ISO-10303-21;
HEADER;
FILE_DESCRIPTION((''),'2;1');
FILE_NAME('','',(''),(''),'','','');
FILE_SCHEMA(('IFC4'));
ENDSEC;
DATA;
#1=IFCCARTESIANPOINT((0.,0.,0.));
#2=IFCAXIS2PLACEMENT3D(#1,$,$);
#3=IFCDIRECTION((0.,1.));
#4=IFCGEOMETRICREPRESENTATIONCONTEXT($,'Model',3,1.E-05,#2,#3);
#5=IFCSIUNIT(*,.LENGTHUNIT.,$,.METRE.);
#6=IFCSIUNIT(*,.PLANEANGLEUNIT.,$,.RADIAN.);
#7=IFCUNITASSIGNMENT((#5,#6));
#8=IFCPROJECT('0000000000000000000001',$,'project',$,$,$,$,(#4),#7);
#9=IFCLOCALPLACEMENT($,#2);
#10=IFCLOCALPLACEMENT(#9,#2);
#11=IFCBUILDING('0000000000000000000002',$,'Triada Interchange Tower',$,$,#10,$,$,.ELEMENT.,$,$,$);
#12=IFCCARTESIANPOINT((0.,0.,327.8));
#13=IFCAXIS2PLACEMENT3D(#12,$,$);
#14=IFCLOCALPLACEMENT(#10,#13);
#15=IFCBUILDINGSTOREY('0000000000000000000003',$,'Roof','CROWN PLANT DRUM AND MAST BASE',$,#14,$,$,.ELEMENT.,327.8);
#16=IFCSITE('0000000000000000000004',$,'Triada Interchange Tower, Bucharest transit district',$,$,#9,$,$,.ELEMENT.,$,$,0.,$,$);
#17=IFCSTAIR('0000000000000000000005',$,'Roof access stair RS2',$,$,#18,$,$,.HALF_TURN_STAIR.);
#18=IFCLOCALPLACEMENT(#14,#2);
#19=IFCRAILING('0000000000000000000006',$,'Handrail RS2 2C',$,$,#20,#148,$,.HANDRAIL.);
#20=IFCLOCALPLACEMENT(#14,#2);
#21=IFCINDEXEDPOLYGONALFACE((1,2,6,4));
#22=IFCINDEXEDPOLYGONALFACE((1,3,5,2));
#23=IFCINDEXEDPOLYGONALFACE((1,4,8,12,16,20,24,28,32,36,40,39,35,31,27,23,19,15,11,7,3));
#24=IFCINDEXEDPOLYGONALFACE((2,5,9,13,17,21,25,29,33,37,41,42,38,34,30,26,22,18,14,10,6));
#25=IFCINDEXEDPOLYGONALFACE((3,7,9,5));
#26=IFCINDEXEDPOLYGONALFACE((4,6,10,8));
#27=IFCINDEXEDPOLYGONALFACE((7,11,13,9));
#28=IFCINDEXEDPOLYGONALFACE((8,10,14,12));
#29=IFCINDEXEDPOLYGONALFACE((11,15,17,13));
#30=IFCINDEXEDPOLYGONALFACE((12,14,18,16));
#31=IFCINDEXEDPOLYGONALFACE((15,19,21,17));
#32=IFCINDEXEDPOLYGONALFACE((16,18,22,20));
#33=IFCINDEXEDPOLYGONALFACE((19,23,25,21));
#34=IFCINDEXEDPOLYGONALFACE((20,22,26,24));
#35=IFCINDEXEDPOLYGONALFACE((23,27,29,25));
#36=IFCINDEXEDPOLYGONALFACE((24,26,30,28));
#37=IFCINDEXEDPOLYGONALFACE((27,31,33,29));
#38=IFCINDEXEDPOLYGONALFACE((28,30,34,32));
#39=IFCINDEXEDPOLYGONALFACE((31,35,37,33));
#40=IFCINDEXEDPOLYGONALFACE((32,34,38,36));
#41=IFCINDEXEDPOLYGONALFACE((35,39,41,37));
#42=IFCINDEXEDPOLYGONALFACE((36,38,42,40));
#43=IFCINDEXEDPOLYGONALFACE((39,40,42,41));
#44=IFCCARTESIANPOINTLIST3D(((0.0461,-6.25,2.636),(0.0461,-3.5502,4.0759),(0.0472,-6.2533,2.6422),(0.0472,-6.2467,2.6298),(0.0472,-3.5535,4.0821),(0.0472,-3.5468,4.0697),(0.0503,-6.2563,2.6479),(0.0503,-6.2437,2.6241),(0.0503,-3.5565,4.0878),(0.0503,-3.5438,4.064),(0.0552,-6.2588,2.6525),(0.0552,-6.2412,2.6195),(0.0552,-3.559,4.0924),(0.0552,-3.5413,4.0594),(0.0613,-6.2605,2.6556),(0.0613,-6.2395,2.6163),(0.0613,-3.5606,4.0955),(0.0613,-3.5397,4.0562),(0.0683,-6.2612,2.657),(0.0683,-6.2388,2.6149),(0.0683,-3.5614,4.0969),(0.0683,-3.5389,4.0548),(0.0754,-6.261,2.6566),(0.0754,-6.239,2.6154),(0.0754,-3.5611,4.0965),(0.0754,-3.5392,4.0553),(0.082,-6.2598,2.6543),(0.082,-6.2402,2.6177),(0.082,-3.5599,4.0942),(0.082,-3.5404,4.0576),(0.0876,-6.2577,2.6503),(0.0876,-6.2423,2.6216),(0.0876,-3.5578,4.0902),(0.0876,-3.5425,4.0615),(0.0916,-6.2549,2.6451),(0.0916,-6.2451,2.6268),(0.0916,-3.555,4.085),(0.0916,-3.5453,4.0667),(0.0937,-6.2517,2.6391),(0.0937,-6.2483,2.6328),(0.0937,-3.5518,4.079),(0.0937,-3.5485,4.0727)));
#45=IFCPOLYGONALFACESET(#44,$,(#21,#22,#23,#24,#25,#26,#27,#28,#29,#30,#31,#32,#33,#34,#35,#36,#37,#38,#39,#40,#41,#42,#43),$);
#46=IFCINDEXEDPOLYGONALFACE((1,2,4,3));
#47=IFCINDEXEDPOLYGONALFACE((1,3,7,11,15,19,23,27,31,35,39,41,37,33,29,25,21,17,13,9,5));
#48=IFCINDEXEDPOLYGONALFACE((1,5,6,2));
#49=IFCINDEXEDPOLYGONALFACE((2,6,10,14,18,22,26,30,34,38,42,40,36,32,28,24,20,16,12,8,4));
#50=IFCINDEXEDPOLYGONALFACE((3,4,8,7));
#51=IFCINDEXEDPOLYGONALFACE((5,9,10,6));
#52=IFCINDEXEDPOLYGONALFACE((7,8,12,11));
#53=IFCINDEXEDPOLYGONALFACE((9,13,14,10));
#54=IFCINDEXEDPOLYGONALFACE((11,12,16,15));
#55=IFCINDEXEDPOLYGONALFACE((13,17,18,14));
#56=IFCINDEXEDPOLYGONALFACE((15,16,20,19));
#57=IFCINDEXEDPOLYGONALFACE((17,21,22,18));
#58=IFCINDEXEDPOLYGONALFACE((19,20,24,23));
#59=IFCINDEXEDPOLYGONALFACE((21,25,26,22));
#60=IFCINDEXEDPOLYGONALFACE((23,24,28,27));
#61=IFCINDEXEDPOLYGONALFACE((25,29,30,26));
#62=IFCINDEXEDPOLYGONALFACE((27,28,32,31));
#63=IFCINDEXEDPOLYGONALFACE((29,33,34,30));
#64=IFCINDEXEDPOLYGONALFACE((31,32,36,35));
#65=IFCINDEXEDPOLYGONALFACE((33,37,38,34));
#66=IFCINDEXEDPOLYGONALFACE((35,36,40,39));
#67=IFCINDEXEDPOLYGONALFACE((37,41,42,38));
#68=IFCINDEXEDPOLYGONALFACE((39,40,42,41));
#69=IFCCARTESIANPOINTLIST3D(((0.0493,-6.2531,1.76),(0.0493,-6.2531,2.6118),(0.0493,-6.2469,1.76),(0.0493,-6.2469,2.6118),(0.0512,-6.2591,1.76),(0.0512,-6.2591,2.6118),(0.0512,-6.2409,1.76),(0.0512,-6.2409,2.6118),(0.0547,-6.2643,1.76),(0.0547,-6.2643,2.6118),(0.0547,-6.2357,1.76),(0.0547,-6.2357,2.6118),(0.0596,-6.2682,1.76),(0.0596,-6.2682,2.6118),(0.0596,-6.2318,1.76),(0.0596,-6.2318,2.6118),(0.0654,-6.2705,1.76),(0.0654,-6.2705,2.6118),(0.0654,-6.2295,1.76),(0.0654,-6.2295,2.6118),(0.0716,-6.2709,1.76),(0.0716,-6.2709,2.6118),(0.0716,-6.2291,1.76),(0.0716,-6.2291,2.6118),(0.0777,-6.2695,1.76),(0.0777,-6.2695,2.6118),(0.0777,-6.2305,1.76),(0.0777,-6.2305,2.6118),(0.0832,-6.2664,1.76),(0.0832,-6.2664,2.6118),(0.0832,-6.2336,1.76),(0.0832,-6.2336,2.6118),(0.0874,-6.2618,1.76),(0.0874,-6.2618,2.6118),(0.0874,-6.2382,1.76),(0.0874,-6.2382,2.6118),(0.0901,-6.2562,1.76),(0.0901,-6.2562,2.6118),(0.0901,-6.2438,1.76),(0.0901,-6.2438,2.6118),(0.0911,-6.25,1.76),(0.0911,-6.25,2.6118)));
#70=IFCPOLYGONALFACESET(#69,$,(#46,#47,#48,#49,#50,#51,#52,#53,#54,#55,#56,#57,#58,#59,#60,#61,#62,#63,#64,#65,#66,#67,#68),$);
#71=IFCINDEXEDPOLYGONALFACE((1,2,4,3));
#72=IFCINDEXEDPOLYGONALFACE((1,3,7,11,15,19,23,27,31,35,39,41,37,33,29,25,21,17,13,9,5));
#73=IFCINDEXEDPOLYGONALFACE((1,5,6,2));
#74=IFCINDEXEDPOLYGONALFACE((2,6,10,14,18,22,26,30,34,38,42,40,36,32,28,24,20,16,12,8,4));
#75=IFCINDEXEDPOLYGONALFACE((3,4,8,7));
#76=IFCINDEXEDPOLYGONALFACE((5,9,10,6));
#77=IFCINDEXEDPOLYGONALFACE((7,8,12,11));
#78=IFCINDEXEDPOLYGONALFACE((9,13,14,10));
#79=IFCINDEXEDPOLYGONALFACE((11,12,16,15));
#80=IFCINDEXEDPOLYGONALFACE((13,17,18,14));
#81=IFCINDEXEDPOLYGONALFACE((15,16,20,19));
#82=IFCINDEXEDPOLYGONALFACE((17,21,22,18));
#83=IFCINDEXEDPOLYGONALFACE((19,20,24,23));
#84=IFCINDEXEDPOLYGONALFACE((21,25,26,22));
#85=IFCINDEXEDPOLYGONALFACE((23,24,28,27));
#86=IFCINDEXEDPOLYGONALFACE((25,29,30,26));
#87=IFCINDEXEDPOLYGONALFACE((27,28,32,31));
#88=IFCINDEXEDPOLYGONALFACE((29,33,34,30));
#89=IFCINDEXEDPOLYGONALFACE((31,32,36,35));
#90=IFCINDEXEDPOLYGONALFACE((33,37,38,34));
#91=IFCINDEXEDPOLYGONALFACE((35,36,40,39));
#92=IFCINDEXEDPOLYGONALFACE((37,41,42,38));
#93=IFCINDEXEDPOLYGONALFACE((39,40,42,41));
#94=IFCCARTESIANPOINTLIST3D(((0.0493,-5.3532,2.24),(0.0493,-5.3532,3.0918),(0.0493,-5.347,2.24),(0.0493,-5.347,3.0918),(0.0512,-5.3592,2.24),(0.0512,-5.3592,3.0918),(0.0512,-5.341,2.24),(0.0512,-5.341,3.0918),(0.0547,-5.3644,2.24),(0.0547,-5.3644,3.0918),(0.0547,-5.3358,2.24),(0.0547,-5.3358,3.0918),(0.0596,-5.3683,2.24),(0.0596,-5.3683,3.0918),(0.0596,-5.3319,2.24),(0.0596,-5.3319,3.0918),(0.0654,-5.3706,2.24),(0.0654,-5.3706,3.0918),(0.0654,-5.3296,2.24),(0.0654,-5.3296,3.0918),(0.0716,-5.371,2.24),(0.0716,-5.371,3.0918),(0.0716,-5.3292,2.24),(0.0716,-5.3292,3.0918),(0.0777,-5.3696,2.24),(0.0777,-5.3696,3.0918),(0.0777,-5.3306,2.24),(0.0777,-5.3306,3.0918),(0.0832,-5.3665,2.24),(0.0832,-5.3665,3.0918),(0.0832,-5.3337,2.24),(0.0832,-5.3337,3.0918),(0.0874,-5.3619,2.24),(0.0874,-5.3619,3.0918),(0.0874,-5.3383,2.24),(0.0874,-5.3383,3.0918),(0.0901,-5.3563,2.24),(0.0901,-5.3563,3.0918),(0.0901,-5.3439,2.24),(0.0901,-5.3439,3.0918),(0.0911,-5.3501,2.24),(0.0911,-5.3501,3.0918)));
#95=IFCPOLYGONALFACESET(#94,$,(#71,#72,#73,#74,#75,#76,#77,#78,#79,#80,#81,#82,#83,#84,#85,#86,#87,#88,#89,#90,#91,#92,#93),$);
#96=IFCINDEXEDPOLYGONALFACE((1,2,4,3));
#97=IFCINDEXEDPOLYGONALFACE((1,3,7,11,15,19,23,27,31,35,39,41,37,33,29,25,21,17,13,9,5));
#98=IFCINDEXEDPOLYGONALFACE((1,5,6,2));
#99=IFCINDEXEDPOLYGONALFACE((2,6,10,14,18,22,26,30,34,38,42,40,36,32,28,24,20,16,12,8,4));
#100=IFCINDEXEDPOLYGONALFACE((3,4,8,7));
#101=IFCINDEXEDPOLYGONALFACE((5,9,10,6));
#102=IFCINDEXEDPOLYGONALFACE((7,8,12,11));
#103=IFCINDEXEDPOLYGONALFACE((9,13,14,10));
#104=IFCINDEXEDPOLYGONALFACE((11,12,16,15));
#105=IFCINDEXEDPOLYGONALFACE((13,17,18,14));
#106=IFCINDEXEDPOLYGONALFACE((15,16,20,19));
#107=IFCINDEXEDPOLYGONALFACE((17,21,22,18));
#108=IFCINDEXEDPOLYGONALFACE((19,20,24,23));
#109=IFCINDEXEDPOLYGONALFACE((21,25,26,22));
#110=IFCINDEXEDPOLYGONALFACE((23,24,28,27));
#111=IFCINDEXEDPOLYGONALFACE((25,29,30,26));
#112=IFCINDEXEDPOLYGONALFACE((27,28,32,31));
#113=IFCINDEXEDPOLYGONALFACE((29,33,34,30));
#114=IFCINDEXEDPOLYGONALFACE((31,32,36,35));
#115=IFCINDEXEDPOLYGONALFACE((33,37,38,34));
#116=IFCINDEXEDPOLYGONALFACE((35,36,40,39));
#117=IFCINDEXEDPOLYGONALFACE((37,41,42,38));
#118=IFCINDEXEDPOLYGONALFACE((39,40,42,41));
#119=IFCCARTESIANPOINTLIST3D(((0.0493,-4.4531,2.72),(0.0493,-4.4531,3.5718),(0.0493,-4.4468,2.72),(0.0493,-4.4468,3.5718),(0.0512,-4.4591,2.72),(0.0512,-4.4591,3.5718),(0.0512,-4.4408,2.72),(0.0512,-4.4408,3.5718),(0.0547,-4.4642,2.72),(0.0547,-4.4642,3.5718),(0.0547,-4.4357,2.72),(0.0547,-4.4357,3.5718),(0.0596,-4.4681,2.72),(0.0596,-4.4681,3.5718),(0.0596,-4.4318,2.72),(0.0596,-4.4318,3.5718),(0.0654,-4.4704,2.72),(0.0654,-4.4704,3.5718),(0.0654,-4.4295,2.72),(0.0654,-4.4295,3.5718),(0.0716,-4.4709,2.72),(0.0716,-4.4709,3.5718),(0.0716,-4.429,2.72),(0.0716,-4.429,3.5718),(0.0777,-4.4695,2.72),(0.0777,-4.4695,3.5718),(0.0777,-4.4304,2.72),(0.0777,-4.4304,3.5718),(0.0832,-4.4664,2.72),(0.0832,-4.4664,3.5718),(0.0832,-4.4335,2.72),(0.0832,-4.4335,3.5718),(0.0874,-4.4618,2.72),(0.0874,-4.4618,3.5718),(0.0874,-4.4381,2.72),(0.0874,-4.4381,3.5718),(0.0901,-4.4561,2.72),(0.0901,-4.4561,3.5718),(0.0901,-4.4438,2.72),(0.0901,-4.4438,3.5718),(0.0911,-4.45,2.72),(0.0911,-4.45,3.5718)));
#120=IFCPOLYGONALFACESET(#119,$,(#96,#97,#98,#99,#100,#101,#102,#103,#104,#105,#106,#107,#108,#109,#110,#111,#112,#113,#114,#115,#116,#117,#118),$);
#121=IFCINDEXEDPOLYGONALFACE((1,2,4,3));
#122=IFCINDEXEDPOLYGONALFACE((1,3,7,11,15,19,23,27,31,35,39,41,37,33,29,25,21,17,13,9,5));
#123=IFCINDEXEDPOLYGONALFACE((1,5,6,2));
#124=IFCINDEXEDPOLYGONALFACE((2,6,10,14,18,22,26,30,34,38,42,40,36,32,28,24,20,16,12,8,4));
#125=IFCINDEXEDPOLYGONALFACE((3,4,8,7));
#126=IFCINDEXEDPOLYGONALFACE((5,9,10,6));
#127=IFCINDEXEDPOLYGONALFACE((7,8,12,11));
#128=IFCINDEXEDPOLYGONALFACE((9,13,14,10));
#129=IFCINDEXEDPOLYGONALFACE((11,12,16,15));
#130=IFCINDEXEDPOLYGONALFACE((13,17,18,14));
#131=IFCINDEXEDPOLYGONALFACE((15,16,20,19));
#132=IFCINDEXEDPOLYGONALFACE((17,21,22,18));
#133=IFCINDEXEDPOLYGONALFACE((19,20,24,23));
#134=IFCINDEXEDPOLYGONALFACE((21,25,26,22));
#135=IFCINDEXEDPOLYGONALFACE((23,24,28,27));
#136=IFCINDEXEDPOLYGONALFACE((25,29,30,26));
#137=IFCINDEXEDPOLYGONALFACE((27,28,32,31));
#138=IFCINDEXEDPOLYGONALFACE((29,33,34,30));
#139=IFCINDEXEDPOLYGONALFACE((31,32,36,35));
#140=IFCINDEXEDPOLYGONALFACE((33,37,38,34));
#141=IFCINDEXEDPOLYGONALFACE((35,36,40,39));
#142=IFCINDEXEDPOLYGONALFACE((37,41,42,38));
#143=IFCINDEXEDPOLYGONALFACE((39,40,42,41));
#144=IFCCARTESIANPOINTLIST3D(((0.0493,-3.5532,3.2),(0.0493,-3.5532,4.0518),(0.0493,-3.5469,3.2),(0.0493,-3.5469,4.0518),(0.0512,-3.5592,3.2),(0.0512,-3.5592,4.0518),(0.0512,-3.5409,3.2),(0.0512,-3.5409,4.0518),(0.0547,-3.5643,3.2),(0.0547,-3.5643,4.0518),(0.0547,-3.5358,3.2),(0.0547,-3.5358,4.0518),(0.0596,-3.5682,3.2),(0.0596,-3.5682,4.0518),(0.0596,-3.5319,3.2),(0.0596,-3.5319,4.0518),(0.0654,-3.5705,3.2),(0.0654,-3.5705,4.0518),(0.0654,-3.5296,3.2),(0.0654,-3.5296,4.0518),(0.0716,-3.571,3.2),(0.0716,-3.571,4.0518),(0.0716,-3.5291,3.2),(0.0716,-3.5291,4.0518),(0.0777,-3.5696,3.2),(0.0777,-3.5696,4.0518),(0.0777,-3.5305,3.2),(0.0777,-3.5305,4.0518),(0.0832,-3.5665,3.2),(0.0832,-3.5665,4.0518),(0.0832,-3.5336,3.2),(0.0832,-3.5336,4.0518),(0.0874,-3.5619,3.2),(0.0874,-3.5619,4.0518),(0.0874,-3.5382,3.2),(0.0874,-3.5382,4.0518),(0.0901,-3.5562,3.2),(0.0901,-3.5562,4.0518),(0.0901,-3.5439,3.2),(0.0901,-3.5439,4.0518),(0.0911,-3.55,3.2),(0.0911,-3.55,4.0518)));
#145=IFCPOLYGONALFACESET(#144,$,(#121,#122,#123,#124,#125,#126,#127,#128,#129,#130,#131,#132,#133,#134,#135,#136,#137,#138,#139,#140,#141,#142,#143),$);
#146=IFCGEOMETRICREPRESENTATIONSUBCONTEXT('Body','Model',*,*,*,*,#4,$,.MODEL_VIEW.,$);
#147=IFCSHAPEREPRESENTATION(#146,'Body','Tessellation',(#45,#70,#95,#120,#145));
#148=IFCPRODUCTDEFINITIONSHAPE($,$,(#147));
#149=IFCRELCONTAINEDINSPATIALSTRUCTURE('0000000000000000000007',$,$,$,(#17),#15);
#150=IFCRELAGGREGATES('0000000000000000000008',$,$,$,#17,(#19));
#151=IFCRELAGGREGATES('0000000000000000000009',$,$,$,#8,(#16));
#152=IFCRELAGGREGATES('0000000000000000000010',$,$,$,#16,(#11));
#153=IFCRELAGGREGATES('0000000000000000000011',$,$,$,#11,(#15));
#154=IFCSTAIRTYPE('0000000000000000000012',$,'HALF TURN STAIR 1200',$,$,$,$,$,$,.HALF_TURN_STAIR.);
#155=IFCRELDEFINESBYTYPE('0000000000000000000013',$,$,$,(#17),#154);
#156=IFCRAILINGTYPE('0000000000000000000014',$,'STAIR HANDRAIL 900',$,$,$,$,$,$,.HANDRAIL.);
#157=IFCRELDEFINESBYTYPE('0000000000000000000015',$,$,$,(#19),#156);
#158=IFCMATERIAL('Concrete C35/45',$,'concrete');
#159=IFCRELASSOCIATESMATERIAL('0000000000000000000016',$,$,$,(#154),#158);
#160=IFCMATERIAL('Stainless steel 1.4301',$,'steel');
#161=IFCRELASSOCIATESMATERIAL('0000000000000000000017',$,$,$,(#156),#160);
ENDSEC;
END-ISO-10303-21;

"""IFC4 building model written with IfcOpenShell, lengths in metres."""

from ifc_helpers import new_model, si_unit, direction, frame, origin, origin_2d, place, context, subcontext, project, spatial, circle, extrude, material, type_object, element, aggregate, save


model = new_model("IFC4")

# Units and contexts
model_context = context("Model", 3, precision=1e-05, world=origin(), true_north=direction((0.0, 1.0)))
body_context = subcontext(model_context, "Body", "Model", "MODEL_VIEW")
ifc_project = project(units=[si_unit("LENGTHUNIT", "METRE"), si_unit("PLANEANGLEUNIT", "RADIAN")], contexts=[model_context])

# Site, building, storey
site_placement = place(None, origin())
site = spatial("IfcSite", under=ifc_project, at=site_placement, Name="Triada Interchange Tower, Bucharest transit district", CompositionType="ELEMENT", RefElevation=0.0)
building_placement = place(site_placement, origin())
building = spatial("IfcBuilding", under=site, at=building_placement, Name="Triada Interchange Tower", CompositionType="ELEMENT")
storey_placement = place(building_placement, frame((0.0, 0.0, 327.8)))
storey = spatial("IfcBuildingStorey", under=building, at=storey_placement, Name="Roof", Description="CROWN PLANT DRUM AND MAST BASE", CompositionType="ELEMENT", Elevation=327.8)

# Stair
ifc_material_1 = material(Name="Concrete C35/45", Category="concrete")
stair_type = type_object("IfcStairType", Name="HALF TURN STAIR 1200", PredefinedType="HALF_TURN_STAIR", material=ifc_material_1)
stair_1_placement = place(storey_placement, origin())
stair_1 = element("IfcStair", 1, at=stair_1_placement, inside=storey, type_object=stair_type, Name="Roof access stair RS2", PredefinedType="HALF_TURN_STAIR")

# Railing
ifc_material_2 = material(Name="Stainless steel 1.4301", Category="steel")
railing_type = type_object("IfcRailingType", Name="STAIR HANDRAIL 900", PredefinedType="HANDRAIL", material=ifc_material_2)
railing_1_placement = place(storey_placement, frame((0.0701, -6.25, 1.76)))
railing_1 = element("IfcRailing", 2, at=railing_1_placement, type_object=railing_type, Name="Handrail RS2 2C", PredefinedType="HANDRAIL", context=body_context, shape_type="SweptSolid", body=[
    extrude(circle(Radius=0.0239, at=origin_2d()), frame((0.0, 0.0, 0.876), z_axis=(0.0, 0.882357, 0.47058), x_axis=(-1.0, 0.0, 0.0)), (0.0, 0.0, 1.0), 3.0598),
    extrude(circle(Radius=0.021, at=origin_2d()), origin(), (0.0, 0.0, 1.0), 0.8518),
    extrude(circle(Radius=0.021, at=origin_2d()), frame((0.0, 0.8999, 0.48)), (0.0, 0.0, 1.0), 0.8518),
    extrude(circle(Radius=0.021, at=origin_2d()), frame((0.0, 1.8, 0.96)), (0.0, 0.0, 1.0), 0.8518),
    extrude(circle(Radius=0.021, at=origin_2d()), frame((0.0, 2.7, 1.4399)), (0.0, 0.0, 1.0), 0.8518),
])
aggregate(stair_1, [railing_1])

save(model, "model.ifc")
